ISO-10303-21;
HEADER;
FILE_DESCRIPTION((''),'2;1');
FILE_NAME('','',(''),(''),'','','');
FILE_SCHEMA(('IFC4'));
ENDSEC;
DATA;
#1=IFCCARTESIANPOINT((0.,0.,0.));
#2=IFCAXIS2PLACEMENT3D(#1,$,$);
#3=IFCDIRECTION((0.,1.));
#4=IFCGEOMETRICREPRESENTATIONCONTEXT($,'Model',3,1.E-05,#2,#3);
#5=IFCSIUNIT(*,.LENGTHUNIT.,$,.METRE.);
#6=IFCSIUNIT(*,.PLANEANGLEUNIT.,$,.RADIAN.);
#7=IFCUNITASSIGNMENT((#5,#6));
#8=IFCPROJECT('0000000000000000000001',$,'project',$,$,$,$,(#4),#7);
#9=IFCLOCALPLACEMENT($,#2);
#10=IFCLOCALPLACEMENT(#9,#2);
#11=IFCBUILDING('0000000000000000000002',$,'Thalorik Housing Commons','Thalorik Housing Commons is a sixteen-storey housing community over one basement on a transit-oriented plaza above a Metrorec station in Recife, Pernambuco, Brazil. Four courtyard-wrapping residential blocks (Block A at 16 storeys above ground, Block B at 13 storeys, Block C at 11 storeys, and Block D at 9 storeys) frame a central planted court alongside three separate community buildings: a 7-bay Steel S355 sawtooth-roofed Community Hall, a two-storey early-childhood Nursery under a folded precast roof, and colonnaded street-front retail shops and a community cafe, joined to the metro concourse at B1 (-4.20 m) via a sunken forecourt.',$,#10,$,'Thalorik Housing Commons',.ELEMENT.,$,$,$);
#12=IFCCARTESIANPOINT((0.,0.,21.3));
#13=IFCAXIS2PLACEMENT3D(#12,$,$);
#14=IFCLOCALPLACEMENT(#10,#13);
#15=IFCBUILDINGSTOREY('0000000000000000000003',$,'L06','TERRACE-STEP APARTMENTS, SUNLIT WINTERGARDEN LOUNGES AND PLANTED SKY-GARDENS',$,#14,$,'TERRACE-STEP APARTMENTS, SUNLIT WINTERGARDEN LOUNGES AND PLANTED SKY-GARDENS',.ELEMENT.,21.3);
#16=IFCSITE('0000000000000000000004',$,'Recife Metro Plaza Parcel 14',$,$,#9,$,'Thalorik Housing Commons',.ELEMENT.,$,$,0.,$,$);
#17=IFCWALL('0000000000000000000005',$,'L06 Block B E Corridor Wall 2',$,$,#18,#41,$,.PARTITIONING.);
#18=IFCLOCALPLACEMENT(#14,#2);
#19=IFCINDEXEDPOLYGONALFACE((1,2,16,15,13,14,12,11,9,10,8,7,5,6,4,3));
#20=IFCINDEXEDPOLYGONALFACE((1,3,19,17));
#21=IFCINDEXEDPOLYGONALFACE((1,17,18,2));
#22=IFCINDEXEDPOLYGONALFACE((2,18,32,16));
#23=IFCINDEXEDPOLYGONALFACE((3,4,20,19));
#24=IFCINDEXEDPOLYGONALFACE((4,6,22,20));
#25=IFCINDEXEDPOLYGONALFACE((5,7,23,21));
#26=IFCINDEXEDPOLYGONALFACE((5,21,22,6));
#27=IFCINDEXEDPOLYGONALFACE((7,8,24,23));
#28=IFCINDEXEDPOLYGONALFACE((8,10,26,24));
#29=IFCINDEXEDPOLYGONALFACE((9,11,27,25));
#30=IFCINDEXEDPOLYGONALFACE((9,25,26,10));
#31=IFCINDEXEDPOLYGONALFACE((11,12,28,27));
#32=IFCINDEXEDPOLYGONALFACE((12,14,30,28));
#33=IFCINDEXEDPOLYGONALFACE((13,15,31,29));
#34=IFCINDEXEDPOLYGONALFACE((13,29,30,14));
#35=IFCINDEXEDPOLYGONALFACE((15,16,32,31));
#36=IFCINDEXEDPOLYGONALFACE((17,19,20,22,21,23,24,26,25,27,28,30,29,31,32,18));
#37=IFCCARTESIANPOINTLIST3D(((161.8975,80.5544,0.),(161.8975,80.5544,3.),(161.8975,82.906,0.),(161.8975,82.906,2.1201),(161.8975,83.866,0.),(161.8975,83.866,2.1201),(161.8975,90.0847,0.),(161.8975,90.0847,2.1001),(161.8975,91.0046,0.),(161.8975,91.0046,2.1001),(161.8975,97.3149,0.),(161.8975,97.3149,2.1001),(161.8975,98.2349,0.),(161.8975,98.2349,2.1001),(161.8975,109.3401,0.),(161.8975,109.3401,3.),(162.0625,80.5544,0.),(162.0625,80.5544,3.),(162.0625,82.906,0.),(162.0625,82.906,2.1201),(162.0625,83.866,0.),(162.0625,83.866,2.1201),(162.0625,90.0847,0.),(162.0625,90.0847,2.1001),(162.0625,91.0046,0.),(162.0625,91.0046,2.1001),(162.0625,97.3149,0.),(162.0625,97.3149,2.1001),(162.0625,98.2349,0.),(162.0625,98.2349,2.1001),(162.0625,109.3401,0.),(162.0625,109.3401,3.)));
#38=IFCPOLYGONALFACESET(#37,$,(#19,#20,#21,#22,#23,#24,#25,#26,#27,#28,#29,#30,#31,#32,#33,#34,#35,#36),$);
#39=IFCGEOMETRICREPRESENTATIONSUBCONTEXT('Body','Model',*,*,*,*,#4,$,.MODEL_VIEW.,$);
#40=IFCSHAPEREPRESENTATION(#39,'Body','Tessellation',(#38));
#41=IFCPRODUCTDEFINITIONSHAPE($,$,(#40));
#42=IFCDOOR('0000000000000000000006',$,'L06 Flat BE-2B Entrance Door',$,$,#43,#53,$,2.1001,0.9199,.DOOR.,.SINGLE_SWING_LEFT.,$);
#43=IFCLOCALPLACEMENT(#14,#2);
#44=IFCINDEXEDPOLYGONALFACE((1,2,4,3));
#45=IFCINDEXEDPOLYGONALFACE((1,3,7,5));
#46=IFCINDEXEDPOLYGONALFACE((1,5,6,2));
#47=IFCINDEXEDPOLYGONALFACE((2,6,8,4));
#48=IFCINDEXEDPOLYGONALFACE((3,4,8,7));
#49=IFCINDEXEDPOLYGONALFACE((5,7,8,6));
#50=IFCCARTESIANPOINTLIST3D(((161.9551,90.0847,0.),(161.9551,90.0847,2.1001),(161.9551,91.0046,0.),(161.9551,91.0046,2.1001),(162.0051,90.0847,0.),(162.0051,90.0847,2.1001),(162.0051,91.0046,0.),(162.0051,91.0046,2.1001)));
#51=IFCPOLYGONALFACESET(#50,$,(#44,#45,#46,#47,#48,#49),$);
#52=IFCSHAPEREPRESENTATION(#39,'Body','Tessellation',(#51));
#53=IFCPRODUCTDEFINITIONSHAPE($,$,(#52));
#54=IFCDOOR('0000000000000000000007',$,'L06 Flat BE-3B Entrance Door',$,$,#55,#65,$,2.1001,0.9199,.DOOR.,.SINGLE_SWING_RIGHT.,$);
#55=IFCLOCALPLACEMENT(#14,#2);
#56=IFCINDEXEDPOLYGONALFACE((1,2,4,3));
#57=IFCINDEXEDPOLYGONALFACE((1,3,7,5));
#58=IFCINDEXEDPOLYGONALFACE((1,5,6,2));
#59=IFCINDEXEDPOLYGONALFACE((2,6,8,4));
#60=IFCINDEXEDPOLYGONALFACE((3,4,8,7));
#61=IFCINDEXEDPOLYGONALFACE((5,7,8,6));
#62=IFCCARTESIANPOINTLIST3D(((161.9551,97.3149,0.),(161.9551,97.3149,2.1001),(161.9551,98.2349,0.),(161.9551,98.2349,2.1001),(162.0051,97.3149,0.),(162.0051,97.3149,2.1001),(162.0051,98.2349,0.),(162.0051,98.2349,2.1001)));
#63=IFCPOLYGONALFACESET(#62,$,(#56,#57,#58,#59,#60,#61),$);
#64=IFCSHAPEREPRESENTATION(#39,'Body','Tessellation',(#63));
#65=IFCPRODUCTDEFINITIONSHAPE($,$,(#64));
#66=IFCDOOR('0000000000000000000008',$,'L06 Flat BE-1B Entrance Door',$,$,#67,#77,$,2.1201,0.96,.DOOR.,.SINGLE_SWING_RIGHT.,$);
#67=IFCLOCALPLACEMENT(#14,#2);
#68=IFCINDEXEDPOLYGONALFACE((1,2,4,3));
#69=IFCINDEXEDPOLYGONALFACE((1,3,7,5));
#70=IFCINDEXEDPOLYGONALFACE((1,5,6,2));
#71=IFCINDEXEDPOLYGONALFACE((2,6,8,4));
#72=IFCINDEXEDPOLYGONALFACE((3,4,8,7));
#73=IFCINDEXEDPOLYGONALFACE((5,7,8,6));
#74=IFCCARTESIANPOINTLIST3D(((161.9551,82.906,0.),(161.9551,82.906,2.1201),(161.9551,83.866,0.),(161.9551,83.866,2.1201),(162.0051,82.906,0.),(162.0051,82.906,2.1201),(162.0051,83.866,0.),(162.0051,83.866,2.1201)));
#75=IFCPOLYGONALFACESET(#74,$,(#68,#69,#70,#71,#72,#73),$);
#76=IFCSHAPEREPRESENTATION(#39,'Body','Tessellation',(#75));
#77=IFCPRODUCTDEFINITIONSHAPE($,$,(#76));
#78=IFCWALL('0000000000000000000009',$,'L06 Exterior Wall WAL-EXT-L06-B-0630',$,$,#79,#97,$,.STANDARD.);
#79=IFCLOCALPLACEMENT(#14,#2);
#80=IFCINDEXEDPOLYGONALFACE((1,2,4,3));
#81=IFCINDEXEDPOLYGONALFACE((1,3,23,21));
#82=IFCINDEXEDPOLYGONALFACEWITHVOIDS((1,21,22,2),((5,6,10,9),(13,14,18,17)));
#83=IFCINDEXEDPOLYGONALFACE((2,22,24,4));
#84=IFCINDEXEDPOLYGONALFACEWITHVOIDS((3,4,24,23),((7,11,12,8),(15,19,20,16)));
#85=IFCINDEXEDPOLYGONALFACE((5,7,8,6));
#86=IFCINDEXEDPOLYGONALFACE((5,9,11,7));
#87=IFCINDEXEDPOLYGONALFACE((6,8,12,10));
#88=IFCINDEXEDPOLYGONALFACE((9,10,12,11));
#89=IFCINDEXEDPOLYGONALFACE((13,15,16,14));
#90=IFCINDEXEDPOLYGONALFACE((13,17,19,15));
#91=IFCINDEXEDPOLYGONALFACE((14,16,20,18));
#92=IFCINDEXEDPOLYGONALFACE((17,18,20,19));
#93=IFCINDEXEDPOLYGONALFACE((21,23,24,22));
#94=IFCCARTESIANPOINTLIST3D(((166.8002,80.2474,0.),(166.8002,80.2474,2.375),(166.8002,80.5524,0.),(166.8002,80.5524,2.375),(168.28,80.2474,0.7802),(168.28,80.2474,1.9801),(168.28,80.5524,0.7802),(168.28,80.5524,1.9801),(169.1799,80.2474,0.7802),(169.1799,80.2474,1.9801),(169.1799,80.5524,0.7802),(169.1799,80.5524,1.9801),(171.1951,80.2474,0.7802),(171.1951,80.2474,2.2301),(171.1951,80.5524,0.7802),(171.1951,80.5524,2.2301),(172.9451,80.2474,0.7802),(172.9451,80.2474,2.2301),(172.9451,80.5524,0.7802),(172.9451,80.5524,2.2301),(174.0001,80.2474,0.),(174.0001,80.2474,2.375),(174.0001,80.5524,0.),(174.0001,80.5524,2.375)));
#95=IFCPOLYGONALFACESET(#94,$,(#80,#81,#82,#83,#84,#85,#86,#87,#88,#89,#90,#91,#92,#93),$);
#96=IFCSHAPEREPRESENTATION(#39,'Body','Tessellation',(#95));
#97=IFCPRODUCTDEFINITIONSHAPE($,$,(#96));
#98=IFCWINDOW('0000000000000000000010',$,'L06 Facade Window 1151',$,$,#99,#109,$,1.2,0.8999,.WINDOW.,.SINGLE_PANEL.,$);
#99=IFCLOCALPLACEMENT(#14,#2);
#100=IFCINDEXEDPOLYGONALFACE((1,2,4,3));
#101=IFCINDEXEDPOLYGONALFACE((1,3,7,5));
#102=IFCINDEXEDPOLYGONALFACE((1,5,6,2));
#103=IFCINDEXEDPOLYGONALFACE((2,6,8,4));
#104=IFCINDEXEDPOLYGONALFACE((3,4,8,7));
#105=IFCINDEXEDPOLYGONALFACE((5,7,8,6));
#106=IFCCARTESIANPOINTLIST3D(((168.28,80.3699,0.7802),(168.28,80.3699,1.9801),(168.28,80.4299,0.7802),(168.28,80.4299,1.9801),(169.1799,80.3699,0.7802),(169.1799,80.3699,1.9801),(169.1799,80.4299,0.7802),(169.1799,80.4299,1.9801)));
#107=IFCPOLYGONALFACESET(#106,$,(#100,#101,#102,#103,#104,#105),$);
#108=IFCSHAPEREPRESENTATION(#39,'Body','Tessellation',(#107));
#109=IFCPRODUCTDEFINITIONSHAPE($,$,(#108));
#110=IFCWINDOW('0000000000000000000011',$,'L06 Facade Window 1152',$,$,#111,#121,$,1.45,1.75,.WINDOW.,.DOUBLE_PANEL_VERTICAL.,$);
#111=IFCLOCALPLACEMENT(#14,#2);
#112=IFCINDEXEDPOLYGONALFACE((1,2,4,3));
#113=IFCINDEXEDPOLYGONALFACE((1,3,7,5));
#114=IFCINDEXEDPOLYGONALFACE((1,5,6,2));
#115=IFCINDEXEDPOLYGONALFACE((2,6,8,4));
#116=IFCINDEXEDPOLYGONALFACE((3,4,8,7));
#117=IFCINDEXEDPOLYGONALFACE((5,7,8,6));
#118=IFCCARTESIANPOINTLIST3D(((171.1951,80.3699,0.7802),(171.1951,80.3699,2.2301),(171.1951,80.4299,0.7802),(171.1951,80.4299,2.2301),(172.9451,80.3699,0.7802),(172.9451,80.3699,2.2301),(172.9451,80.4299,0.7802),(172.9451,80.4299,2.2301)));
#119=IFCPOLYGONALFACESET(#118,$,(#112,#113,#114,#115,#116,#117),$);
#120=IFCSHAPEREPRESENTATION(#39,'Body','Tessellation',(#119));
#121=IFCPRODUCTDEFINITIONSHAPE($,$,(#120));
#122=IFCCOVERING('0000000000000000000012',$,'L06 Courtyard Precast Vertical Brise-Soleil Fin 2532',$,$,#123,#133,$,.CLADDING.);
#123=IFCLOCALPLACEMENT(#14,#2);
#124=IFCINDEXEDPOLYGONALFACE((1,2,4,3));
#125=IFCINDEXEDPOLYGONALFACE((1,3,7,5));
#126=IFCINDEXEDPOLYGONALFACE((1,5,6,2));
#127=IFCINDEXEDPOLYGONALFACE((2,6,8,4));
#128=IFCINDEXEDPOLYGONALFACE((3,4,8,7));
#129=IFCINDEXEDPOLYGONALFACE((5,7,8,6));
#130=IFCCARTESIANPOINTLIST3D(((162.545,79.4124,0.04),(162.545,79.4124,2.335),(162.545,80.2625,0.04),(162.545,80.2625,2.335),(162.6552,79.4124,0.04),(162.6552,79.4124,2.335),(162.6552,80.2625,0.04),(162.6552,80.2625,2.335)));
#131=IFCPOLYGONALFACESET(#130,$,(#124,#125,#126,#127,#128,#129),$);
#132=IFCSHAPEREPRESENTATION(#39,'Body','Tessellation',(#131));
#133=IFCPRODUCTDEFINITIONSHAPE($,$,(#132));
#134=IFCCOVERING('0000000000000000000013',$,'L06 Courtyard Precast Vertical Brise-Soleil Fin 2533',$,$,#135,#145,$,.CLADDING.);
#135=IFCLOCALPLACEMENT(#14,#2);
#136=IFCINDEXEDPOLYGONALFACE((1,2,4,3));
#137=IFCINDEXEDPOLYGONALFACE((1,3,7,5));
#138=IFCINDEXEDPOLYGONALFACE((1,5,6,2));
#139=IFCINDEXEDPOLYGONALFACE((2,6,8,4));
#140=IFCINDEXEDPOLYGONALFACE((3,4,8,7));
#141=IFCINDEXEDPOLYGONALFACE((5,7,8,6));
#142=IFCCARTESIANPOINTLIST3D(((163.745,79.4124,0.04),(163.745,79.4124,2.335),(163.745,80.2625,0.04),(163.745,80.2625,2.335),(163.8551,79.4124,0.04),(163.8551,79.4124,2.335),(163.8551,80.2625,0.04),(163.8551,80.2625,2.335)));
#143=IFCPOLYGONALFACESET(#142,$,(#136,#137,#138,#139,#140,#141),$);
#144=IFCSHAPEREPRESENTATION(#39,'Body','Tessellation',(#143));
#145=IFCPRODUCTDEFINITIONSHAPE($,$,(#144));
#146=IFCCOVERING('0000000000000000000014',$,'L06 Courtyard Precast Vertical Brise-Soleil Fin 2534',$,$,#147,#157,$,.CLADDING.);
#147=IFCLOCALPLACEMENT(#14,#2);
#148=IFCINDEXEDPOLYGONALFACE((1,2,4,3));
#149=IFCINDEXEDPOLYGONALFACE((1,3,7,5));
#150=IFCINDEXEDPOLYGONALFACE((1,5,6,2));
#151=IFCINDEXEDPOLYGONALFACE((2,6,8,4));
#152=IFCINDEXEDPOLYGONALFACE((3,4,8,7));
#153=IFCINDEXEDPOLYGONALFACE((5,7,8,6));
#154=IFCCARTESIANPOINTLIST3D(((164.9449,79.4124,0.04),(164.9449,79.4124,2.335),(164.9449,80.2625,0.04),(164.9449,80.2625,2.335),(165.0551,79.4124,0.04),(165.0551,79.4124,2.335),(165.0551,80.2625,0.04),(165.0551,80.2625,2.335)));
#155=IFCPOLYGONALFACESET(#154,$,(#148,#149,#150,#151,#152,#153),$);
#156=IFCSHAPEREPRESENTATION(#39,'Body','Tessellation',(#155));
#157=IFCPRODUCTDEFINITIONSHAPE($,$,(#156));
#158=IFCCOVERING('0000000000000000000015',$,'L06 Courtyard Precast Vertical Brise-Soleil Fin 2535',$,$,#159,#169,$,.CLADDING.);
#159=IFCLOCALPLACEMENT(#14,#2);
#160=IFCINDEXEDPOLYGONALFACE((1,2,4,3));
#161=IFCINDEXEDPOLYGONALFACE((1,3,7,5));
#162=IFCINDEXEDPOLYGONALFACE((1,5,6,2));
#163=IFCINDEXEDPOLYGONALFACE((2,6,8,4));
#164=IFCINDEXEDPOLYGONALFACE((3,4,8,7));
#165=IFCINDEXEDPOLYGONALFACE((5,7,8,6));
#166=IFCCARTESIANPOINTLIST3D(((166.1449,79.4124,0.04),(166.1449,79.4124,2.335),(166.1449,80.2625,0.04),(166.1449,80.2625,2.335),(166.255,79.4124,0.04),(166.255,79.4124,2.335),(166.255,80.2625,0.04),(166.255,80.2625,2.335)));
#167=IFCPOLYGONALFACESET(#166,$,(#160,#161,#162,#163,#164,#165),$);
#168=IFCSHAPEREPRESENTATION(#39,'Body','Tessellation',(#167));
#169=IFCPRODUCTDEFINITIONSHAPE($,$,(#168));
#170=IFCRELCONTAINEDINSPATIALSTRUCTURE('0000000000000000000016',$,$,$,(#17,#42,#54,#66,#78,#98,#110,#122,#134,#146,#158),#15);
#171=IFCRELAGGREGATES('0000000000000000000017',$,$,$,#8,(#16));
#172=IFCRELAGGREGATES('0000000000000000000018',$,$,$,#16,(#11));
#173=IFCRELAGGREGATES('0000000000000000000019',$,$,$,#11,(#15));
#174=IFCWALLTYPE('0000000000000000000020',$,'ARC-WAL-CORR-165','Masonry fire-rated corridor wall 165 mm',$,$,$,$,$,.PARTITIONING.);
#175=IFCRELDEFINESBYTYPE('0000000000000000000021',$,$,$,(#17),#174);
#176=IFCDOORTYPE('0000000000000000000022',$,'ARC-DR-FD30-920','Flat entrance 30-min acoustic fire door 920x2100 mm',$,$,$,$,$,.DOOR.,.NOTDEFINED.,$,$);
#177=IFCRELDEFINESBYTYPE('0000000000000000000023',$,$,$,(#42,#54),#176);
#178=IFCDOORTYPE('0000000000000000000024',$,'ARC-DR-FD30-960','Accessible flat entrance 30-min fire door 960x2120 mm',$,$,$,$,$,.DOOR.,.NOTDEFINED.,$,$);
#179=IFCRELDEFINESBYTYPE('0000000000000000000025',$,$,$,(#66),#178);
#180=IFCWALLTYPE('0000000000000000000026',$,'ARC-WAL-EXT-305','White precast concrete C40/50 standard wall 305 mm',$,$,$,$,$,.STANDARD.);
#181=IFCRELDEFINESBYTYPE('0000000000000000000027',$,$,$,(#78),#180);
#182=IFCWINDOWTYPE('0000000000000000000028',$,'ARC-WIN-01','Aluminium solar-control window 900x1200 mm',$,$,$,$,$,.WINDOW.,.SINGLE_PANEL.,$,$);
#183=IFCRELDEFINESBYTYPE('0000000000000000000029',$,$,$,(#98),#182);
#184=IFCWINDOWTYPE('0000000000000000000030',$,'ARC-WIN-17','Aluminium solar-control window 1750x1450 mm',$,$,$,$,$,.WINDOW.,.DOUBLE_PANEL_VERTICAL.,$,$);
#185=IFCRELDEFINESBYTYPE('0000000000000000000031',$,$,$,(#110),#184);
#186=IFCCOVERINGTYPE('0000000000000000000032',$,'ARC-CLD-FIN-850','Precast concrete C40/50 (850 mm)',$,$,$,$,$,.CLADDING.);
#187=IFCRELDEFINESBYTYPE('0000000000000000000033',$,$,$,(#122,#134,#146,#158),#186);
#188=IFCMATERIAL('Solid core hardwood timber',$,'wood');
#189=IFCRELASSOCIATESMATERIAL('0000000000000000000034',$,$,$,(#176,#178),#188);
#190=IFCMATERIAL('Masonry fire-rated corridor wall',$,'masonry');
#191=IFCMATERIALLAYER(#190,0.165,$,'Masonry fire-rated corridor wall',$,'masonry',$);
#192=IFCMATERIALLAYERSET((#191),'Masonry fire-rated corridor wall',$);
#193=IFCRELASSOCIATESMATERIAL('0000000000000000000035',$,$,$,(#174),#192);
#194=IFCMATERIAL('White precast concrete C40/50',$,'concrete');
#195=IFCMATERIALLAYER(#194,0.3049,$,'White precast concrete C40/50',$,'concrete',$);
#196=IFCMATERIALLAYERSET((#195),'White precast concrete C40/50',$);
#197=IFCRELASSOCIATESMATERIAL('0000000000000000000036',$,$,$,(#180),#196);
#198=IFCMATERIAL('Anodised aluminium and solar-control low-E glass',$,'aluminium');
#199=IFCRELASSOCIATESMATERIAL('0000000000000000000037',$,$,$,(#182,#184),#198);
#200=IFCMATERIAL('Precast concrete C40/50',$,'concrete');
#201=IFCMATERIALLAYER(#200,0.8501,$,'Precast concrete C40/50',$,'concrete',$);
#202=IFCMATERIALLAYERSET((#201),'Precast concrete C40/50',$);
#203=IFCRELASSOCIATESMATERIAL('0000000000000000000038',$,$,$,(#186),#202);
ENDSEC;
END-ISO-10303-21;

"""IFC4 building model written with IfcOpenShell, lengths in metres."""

from ifc_helpers import new_model, si_unit, direction, frame, frame_2d, origin, origin_2d, place, context, subcontext, project, spatial, rectangle, extrude, material, layer, layer_set, type_object, element, fill, save


model = new_model("IFC4")

# Units and contexts
model_context = context("Model", 3, precision=1e-05, world=origin(), true_north=direction((0.0, 1.0)))
body_context = subcontext(model_context, "Body", "Model", "MODEL_VIEW")
ifc_project = project(units=[si_unit("LENGTHUNIT", "METRE"), si_unit("PLANEANGLEUNIT", "RADIAN")], contexts=[model_context])

# Site, building, storey
site_placement = place(None, origin())
site = spatial("IfcSite", under=ifc_project, at=site_placement, Name="Recife Metro Plaza Parcel 14", LongName="Thalorik Housing Commons", CompositionType="ELEMENT", RefElevation=0.0)
building_placement = place(site_placement, origin())
building = spatial("IfcBuilding", under=site, at=building_placement, Name="Thalorik Housing Commons", Description="Thalorik Housing Commons is a sixteen-storey housing community over one basement on a transit-oriented plaza above a Metrorec station in Recife, Pernambuco, Brazil. Four courtyard-wrapping residential blocks (Block A at 16 storeys above ground, Block B at 13 storeys, Block C at 11 storeys, and Block D at 9 storeys) frame a central planted court alongside three separate community buildings: a 7-bay Steel S355 sawtooth-roofed Community Hall, a two-storey early-childhood Nursery under a folded precast roof, and colonnaded street-front retail shops and a community cafe, joined to the metro concourse at B1 (-4.20 m) via a sunken forecourt.", LongName="Thalorik Housing Commons", CompositionType="ELEMENT")
storey_placement = place(building_placement, frame((0.0, 0.0, 21.3)))
storey = spatial("IfcBuildingStorey", under=building, at=storey_placement, Name="L06", Description="TERRACE-STEP APARTMENTS, SUNLIT WINTERGARDEN LOUNGES AND PLANTED SKY-GARDENS", LongName="TERRACE-STEP APARTMENTS, SUNLIT WINTERGARDEN LOUNGES AND PLANTED SKY-GARDENS", CompositionType="ELEMENT", Elevation=21.3)

# Shared definitions
ifc_material_1 = material(Name="Precast concrete C40/50", Category="concrete")

# Wall, openings, doors
ifc_material_2 = material(Name="Masonry fire-rated corridor wall", Category="masonry")
ifc_material_3 = material(Name="Solid core hardwood timber", Category="wood")
door_type_1 = type_object("IfcDoorType", Name="ARC-DR-FD30-920", Description="Flat entrance 30-min acoustic fire door 920x2100 mm", OperationType="NOTDEFINED", PredefinedType="DOOR", material=ifc_material_3)
ifc_layer_1 = layer(ifc_material_2, 0.165, Name="Masonry fire-rated corridor wall", Category="masonry")
ifc_layer_set_1 = layer_set([ifc_layer_1], Name="Masonry fire-rated corridor wall")
wall_type_1 = type_object("IfcWallType", Name="ARC-WAL-CORR-165", Description="Masonry fire-rated corridor wall 165 mm", PredefinedType="PARTITIONING", material=ifc_layer_set_1)
wall_1_placement = place(storey_placement, frame((161.98, 80.5544, 0.0), z_axis=(0.0, 0.0, 1.0), x_axis=(0.0, 1.0, 0.0)))
wall_1 = element("IfcWall", 1, at=wall_1_placement, inside=storey, type_object=wall_type_1, Name="L06 Block B E Corridor Wall 2", PredefinedType="PARTITIONING", context=body_context, shape_type="SweptSolid", body=[
    extrude(rectangle(XDim=28.7856, YDim=0.165, at=frame_2d((14.3928, 0.0))), origin(), (0.0, 0.0, 1.0), 3.0),
])
opening_1_placement = place(wall_1_placement, frame((2.3516, 0.0, 0.0)))
opening_1 = element("IfcOpeningElement", 2, at=opening_1_placement, cuts=wall_1, PredefinedType="OPENING", context=body_context, shape_type="SweptSolid", body=[
    extrude(rectangle(XDim=0.96, YDim=2.1201, at=frame_2d((0.48, 1.0601))), frame((0.0, 0.0925, 0.0), z_axis=(0.0, -1.0, 0.0), x_axis=(1.0, 0.0, 0.0)), (0.0, 0.0, 1.0), 0.1851),
])
opening_2_placement = place(wall_1_placement, frame((9.5303, 0.0, 0.0)))
opening_2 = element("IfcOpeningElement", 3, at=opening_2_placement, cuts=wall_1, PredefinedType="OPENING", context=body_context, shape_type="SweptSolid", body=[
    extrude(rectangle(XDim=0.9199, YDim=2.1001, at=frame_2d((0.46, 1.05))), frame((0.0, 0.0925, 0.0), z_axis=(0.0, -1.0, 0.0), x_axis=(1.0, 0.0, 0.0)), (0.0, 0.0, 1.0), 0.1851),
])
opening_3_placement = place(wall_1_placement, frame((16.7605, 0.0, 0.0)))
opening_3 = element("IfcOpeningElement", 4, at=opening_3_placement, cuts=wall_1, PredefinedType="OPENING", context=body_context, shape_type="SweptSolid", body=[
    extrude(rectangle(XDim=0.9199, YDim=2.1001, at=frame_2d((0.46, 1.05))), frame((0.0, 0.0925, 0.0), z_axis=(0.0, -1.0, 0.0), x_axis=(1.0, 0.0, 0.0)), (0.0, 0.0, 1.0), 0.1851),
])
door_1_placement = place(opening_2_placement, origin())
door_1 = element("IfcDoor", 5, at=door_1_placement, inside=storey, type_object=door_type_1, Name="L06 Flat BE-2B Entrance Door", OperationType="SINGLE_SWING_LEFT", OverallHeight=2.1001, OverallWidth=0.9199, PredefinedType="DOOR", context=body_context, shape_type="SweptSolid", body=[
    extrude(rectangle(XDim=0.9199, YDim=2.1001, at=frame_2d((0.46, 1.05))), frame((0.0, 0.0249, 0.0), z_axis=(0.0, -1.0, 0.0), x_axis=(1.0, 0.0, 0.0)), (0.0, 0.0, 1.0), 0.05),
])
fill(opening_2, door_1)
door_2_placement = place(opening_3_placement, origin())
door_2 = element("IfcDoor", 6, at=door_2_placement, inside=storey, type_object=door_type_1, Name="L06 Flat BE-3B Entrance Door", OperationType="SINGLE_SWING_RIGHT", OverallHeight=2.1001, OverallWidth=0.9199, PredefinedType="DOOR", context=body_context, shape_type="SweptSolid", body=[
    extrude(rectangle(XDim=0.9199, YDim=2.1001, at=frame_2d((0.46, 1.05))), frame((0.0, 0.0249, 0.0), z_axis=(0.0, -1.0, 0.0), x_axis=(1.0, 0.0, 0.0)), (0.0, 0.0, 1.0), 0.05),
])
fill(opening_3, door_2)
door_type_2 = type_object("IfcDoorType", Name="ARC-DR-FD30-960", Description="Accessible flat entrance 30-min fire door 960x2120 mm", OperationType="NOTDEFINED", PredefinedType="DOOR", material=ifc_material_3)
door_3_placement = place(opening_1_placement, origin())
door_3 = element("IfcDoor", 7, at=door_3_placement, inside=storey, type_object=door_type_2, Name="L06 Flat BE-1B Entrance Door", OperationType="SINGLE_SWING_RIGHT", OverallHeight=2.1201, OverallWidth=0.96, PredefinedType="DOOR", context=body_context, shape_type="SweptSolid", body=[
    extrude(rectangle(XDim=0.96, YDim=2.1201, at=frame_2d((0.48, 1.0601))), frame((0.0, 0.0249, 0.0), z_axis=(0.0, -1.0, 0.0), x_axis=(1.0, 0.0, 0.0)), (0.0, 0.0, 1.0), 0.05),
])
fill(opening_1, door_3)

# Wall, openings, windows
ifc_material_4 = material(Name="White precast concrete C40/50", Category="concrete")
ifc_layer_2 = layer(ifc_material_4, 0.3049, Name="White precast concrete C40/50", Category="concrete")
ifc_layer_set_2 = layer_set([ifc_layer_2], Name="White precast concrete C40/50")
wall_type_2 = type_object("IfcWallType", Name="ARC-WAL-EXT-305", Description="White precast concrete C40/50 standard wall 305 mm", PredefinedType="STANDARD", material=ifc_layer_set_2)
wall_2_placement = place(storey_placement, frame((166.8, 80.3999, 0.0), z_axis=(0.0, 0.0, 1.0), x_axis=(1.0, 0.0, 0.0)))
wall_2 = element("IfcWall", 8, at=wall_2_placement, inside=storey, type_object=wall_type_2, Name="L06 Exterior Wall WAL-EXT-L06-B-0630", PredefinedType="STANDARD", context=body_context, shape_type="SweptSolid", body=[
    extrude(rectangle(XDim=7.2, YDim=0.3049, at=frame_2d((3.6001, 0.0))), origin(), (0.0, 0.0, 1.0), 2.375),
])
opening_4_placement = place(wall_2_placement, frame((1.48, 0.0, 0.78)))
opening_4 = element("IfcOpeningElement", 9, at=opening_4_placement, cuts=wall_2, PredefinedType="OPENING", context=body_context, shape_type="SweptSolid", body=[
    extrude(rectangle(XDim=0.8999, YDim=1.2, at=frame_2d((0.45, 0.6001))), frame((0.0, 0.1626, 0.0), z_axis=(0.0, -1.0, 0.0), x_axis=(1.0, 0.0, 0.0)), (0.0, 0.0, 1.0), 0.325),
])
opening_5_placement = place(wall_2_placement, frame((4.395, 0.0, 0.78)))
opening_5 = element("IfcOpeningElement", 10, at=opening_5_placement, cuts=wall_2, PredefinedType="OPENING", context=body_context, shape_type="SweptSolid", body=[
    extrude(rectangle(XDim=1.75, YDim=1.45, at=frame_2d((0.875, 0.7251))), frame((0.0, 0.1626, 0.0), z_axis=(0.0, -1.0, 0.0), x_axis=(1.0, 0.0, 0.0)), (0.0, 0.0, 1.0), 0.325),
])
ifc_material_5 = material(Name="Anodised aluminium and solar-control low-E glass", Category="aluminium")
window_type_1 = type_object("IfcWindowType", Name="ARC-WIN-01", Description="Aluminium solar-control window 900x1200 mm", PartitioningType="SINGLE_PANEL", PredefinedType="WINDOW", material=ifc_material_5)
window_1_placement = place(opening_4_placement, origin())
window_1 = element("IfcWindow", 11, at=window_1_placement, inside=storey, type_object=window_type_1, Name="L06 Facade Window 1151", OverallHeight=1.2, OverallWidth=0.8999, PartitioningType="SINGLE_PANEL", PredefinedType="WINDOW", context=body_context, shape_type="SweptSolid", body=[
    extrude(rectangle(XDim=0.8999, YDim=1.2, at=frame_2d((0.45, 0.6001))), frame((0.0, 0.03, 0.0), z_axis=(0.0, -1.0, 0.0), x_axis=(1.0, 0.0, 0.0)), (0.0, 0.0, 1.0), 0.0601),
])
fill(opening_4, window_1)
window_type_2 = type_object("IfcWindowType", Name="ARC-WIN-17", Description="Aluminium solar-control window 1750x1450 mm", PartitioningType="DOUBLE_PANEL_VERTICAL", PredefinedType="WINDOW", material=ifc_material_5)
window_2_placement = place(opening_5_placement, origin())
window_2 = element("IfcWindow", 12, at=window_2_placement, inside=storey, type_object=window_type_2, Name="L06 Facade Window 1152", OverallHeight=1.45, OverallWidth=1.75, PartitioningType="DOUBLE_PANEL_VERTICAL", PredefinedType="WINDOW", context=body_context, shape_type="SweptSolid", body=[
    extrude(rectangle(XDim=1.75, YDim=1.45, at=frame_2d((0.875, 0.7251))), frame((0.0, 0.03, 0.0), z_axis=(0.0, -1.0, 0.0), x_axis=(1.0, 0.0, 0.0)), (0.0, 0.0, 1.0), 0.0601),
])
fill(opening_5, window_2)

# Coverings
ifc_layer_3 = layer(ifc_material_1, 0.8501, Name="Precast concrete C40/50", Category="concrete")
ifc_layer_set_3 = layer_set([ifc_layer_3], Name="Precast concrete C40/50")
covering_type_1 = type_object("IfcCoveringType", Name="ARC-CLD-FIN-850", Description="Precast concrete C40/50 (850 mm)", PredefinedType="CLADDING", material=ifc_layer_set_3)
for number, where, z_axis, x_axis, name in (
    (13, (162.6001, 79.8374, 0.04), (0.0, 0.0, 1.0), (1.0, 0.0, 0.0), "L06 Courtyard Precast Vertical Brise-Soleil Fin 2532"),
    (14, (163.8, 79.8374, 0.04), (0.0, 0.0, 1.0), (1.0, 0.0, 0.0), "L06 Courtyard Precast Vertical Brise-Soleil Fin 2533"),
    (15, (165.0, 79.8374, 0.04), (0.0, 0.0, 1.0), (1.0, 0.0, 0.0), "L06 Courtyard Precast Vertical Brise-Soleil Fin 2534"),
    (16, (166.2, 79.8374, 0.04), (0.0, 0.0, 1.0), (1.0, 0.0, 0.0), "L06 Courtyard Precast Vertical Brise-Soleil Fin 2535"),
):
    element("IfcCovering", number, at=place(storey_placement, frame(where, z_axis=z_axis, x_axis=x_axis)), inside=storey, type_object=covering_type_1, Name=name, PredefinedType="CLADDING", context=body_context, shape_type="SweptSolid", body=[
        extrude(rectangle(XDim=0.1101, YDim=0.8501, at=origin_2d()), origin(), (0.0, 0.0, 1.0), 2.2949),
    ])

save(model, "model.ifc")
